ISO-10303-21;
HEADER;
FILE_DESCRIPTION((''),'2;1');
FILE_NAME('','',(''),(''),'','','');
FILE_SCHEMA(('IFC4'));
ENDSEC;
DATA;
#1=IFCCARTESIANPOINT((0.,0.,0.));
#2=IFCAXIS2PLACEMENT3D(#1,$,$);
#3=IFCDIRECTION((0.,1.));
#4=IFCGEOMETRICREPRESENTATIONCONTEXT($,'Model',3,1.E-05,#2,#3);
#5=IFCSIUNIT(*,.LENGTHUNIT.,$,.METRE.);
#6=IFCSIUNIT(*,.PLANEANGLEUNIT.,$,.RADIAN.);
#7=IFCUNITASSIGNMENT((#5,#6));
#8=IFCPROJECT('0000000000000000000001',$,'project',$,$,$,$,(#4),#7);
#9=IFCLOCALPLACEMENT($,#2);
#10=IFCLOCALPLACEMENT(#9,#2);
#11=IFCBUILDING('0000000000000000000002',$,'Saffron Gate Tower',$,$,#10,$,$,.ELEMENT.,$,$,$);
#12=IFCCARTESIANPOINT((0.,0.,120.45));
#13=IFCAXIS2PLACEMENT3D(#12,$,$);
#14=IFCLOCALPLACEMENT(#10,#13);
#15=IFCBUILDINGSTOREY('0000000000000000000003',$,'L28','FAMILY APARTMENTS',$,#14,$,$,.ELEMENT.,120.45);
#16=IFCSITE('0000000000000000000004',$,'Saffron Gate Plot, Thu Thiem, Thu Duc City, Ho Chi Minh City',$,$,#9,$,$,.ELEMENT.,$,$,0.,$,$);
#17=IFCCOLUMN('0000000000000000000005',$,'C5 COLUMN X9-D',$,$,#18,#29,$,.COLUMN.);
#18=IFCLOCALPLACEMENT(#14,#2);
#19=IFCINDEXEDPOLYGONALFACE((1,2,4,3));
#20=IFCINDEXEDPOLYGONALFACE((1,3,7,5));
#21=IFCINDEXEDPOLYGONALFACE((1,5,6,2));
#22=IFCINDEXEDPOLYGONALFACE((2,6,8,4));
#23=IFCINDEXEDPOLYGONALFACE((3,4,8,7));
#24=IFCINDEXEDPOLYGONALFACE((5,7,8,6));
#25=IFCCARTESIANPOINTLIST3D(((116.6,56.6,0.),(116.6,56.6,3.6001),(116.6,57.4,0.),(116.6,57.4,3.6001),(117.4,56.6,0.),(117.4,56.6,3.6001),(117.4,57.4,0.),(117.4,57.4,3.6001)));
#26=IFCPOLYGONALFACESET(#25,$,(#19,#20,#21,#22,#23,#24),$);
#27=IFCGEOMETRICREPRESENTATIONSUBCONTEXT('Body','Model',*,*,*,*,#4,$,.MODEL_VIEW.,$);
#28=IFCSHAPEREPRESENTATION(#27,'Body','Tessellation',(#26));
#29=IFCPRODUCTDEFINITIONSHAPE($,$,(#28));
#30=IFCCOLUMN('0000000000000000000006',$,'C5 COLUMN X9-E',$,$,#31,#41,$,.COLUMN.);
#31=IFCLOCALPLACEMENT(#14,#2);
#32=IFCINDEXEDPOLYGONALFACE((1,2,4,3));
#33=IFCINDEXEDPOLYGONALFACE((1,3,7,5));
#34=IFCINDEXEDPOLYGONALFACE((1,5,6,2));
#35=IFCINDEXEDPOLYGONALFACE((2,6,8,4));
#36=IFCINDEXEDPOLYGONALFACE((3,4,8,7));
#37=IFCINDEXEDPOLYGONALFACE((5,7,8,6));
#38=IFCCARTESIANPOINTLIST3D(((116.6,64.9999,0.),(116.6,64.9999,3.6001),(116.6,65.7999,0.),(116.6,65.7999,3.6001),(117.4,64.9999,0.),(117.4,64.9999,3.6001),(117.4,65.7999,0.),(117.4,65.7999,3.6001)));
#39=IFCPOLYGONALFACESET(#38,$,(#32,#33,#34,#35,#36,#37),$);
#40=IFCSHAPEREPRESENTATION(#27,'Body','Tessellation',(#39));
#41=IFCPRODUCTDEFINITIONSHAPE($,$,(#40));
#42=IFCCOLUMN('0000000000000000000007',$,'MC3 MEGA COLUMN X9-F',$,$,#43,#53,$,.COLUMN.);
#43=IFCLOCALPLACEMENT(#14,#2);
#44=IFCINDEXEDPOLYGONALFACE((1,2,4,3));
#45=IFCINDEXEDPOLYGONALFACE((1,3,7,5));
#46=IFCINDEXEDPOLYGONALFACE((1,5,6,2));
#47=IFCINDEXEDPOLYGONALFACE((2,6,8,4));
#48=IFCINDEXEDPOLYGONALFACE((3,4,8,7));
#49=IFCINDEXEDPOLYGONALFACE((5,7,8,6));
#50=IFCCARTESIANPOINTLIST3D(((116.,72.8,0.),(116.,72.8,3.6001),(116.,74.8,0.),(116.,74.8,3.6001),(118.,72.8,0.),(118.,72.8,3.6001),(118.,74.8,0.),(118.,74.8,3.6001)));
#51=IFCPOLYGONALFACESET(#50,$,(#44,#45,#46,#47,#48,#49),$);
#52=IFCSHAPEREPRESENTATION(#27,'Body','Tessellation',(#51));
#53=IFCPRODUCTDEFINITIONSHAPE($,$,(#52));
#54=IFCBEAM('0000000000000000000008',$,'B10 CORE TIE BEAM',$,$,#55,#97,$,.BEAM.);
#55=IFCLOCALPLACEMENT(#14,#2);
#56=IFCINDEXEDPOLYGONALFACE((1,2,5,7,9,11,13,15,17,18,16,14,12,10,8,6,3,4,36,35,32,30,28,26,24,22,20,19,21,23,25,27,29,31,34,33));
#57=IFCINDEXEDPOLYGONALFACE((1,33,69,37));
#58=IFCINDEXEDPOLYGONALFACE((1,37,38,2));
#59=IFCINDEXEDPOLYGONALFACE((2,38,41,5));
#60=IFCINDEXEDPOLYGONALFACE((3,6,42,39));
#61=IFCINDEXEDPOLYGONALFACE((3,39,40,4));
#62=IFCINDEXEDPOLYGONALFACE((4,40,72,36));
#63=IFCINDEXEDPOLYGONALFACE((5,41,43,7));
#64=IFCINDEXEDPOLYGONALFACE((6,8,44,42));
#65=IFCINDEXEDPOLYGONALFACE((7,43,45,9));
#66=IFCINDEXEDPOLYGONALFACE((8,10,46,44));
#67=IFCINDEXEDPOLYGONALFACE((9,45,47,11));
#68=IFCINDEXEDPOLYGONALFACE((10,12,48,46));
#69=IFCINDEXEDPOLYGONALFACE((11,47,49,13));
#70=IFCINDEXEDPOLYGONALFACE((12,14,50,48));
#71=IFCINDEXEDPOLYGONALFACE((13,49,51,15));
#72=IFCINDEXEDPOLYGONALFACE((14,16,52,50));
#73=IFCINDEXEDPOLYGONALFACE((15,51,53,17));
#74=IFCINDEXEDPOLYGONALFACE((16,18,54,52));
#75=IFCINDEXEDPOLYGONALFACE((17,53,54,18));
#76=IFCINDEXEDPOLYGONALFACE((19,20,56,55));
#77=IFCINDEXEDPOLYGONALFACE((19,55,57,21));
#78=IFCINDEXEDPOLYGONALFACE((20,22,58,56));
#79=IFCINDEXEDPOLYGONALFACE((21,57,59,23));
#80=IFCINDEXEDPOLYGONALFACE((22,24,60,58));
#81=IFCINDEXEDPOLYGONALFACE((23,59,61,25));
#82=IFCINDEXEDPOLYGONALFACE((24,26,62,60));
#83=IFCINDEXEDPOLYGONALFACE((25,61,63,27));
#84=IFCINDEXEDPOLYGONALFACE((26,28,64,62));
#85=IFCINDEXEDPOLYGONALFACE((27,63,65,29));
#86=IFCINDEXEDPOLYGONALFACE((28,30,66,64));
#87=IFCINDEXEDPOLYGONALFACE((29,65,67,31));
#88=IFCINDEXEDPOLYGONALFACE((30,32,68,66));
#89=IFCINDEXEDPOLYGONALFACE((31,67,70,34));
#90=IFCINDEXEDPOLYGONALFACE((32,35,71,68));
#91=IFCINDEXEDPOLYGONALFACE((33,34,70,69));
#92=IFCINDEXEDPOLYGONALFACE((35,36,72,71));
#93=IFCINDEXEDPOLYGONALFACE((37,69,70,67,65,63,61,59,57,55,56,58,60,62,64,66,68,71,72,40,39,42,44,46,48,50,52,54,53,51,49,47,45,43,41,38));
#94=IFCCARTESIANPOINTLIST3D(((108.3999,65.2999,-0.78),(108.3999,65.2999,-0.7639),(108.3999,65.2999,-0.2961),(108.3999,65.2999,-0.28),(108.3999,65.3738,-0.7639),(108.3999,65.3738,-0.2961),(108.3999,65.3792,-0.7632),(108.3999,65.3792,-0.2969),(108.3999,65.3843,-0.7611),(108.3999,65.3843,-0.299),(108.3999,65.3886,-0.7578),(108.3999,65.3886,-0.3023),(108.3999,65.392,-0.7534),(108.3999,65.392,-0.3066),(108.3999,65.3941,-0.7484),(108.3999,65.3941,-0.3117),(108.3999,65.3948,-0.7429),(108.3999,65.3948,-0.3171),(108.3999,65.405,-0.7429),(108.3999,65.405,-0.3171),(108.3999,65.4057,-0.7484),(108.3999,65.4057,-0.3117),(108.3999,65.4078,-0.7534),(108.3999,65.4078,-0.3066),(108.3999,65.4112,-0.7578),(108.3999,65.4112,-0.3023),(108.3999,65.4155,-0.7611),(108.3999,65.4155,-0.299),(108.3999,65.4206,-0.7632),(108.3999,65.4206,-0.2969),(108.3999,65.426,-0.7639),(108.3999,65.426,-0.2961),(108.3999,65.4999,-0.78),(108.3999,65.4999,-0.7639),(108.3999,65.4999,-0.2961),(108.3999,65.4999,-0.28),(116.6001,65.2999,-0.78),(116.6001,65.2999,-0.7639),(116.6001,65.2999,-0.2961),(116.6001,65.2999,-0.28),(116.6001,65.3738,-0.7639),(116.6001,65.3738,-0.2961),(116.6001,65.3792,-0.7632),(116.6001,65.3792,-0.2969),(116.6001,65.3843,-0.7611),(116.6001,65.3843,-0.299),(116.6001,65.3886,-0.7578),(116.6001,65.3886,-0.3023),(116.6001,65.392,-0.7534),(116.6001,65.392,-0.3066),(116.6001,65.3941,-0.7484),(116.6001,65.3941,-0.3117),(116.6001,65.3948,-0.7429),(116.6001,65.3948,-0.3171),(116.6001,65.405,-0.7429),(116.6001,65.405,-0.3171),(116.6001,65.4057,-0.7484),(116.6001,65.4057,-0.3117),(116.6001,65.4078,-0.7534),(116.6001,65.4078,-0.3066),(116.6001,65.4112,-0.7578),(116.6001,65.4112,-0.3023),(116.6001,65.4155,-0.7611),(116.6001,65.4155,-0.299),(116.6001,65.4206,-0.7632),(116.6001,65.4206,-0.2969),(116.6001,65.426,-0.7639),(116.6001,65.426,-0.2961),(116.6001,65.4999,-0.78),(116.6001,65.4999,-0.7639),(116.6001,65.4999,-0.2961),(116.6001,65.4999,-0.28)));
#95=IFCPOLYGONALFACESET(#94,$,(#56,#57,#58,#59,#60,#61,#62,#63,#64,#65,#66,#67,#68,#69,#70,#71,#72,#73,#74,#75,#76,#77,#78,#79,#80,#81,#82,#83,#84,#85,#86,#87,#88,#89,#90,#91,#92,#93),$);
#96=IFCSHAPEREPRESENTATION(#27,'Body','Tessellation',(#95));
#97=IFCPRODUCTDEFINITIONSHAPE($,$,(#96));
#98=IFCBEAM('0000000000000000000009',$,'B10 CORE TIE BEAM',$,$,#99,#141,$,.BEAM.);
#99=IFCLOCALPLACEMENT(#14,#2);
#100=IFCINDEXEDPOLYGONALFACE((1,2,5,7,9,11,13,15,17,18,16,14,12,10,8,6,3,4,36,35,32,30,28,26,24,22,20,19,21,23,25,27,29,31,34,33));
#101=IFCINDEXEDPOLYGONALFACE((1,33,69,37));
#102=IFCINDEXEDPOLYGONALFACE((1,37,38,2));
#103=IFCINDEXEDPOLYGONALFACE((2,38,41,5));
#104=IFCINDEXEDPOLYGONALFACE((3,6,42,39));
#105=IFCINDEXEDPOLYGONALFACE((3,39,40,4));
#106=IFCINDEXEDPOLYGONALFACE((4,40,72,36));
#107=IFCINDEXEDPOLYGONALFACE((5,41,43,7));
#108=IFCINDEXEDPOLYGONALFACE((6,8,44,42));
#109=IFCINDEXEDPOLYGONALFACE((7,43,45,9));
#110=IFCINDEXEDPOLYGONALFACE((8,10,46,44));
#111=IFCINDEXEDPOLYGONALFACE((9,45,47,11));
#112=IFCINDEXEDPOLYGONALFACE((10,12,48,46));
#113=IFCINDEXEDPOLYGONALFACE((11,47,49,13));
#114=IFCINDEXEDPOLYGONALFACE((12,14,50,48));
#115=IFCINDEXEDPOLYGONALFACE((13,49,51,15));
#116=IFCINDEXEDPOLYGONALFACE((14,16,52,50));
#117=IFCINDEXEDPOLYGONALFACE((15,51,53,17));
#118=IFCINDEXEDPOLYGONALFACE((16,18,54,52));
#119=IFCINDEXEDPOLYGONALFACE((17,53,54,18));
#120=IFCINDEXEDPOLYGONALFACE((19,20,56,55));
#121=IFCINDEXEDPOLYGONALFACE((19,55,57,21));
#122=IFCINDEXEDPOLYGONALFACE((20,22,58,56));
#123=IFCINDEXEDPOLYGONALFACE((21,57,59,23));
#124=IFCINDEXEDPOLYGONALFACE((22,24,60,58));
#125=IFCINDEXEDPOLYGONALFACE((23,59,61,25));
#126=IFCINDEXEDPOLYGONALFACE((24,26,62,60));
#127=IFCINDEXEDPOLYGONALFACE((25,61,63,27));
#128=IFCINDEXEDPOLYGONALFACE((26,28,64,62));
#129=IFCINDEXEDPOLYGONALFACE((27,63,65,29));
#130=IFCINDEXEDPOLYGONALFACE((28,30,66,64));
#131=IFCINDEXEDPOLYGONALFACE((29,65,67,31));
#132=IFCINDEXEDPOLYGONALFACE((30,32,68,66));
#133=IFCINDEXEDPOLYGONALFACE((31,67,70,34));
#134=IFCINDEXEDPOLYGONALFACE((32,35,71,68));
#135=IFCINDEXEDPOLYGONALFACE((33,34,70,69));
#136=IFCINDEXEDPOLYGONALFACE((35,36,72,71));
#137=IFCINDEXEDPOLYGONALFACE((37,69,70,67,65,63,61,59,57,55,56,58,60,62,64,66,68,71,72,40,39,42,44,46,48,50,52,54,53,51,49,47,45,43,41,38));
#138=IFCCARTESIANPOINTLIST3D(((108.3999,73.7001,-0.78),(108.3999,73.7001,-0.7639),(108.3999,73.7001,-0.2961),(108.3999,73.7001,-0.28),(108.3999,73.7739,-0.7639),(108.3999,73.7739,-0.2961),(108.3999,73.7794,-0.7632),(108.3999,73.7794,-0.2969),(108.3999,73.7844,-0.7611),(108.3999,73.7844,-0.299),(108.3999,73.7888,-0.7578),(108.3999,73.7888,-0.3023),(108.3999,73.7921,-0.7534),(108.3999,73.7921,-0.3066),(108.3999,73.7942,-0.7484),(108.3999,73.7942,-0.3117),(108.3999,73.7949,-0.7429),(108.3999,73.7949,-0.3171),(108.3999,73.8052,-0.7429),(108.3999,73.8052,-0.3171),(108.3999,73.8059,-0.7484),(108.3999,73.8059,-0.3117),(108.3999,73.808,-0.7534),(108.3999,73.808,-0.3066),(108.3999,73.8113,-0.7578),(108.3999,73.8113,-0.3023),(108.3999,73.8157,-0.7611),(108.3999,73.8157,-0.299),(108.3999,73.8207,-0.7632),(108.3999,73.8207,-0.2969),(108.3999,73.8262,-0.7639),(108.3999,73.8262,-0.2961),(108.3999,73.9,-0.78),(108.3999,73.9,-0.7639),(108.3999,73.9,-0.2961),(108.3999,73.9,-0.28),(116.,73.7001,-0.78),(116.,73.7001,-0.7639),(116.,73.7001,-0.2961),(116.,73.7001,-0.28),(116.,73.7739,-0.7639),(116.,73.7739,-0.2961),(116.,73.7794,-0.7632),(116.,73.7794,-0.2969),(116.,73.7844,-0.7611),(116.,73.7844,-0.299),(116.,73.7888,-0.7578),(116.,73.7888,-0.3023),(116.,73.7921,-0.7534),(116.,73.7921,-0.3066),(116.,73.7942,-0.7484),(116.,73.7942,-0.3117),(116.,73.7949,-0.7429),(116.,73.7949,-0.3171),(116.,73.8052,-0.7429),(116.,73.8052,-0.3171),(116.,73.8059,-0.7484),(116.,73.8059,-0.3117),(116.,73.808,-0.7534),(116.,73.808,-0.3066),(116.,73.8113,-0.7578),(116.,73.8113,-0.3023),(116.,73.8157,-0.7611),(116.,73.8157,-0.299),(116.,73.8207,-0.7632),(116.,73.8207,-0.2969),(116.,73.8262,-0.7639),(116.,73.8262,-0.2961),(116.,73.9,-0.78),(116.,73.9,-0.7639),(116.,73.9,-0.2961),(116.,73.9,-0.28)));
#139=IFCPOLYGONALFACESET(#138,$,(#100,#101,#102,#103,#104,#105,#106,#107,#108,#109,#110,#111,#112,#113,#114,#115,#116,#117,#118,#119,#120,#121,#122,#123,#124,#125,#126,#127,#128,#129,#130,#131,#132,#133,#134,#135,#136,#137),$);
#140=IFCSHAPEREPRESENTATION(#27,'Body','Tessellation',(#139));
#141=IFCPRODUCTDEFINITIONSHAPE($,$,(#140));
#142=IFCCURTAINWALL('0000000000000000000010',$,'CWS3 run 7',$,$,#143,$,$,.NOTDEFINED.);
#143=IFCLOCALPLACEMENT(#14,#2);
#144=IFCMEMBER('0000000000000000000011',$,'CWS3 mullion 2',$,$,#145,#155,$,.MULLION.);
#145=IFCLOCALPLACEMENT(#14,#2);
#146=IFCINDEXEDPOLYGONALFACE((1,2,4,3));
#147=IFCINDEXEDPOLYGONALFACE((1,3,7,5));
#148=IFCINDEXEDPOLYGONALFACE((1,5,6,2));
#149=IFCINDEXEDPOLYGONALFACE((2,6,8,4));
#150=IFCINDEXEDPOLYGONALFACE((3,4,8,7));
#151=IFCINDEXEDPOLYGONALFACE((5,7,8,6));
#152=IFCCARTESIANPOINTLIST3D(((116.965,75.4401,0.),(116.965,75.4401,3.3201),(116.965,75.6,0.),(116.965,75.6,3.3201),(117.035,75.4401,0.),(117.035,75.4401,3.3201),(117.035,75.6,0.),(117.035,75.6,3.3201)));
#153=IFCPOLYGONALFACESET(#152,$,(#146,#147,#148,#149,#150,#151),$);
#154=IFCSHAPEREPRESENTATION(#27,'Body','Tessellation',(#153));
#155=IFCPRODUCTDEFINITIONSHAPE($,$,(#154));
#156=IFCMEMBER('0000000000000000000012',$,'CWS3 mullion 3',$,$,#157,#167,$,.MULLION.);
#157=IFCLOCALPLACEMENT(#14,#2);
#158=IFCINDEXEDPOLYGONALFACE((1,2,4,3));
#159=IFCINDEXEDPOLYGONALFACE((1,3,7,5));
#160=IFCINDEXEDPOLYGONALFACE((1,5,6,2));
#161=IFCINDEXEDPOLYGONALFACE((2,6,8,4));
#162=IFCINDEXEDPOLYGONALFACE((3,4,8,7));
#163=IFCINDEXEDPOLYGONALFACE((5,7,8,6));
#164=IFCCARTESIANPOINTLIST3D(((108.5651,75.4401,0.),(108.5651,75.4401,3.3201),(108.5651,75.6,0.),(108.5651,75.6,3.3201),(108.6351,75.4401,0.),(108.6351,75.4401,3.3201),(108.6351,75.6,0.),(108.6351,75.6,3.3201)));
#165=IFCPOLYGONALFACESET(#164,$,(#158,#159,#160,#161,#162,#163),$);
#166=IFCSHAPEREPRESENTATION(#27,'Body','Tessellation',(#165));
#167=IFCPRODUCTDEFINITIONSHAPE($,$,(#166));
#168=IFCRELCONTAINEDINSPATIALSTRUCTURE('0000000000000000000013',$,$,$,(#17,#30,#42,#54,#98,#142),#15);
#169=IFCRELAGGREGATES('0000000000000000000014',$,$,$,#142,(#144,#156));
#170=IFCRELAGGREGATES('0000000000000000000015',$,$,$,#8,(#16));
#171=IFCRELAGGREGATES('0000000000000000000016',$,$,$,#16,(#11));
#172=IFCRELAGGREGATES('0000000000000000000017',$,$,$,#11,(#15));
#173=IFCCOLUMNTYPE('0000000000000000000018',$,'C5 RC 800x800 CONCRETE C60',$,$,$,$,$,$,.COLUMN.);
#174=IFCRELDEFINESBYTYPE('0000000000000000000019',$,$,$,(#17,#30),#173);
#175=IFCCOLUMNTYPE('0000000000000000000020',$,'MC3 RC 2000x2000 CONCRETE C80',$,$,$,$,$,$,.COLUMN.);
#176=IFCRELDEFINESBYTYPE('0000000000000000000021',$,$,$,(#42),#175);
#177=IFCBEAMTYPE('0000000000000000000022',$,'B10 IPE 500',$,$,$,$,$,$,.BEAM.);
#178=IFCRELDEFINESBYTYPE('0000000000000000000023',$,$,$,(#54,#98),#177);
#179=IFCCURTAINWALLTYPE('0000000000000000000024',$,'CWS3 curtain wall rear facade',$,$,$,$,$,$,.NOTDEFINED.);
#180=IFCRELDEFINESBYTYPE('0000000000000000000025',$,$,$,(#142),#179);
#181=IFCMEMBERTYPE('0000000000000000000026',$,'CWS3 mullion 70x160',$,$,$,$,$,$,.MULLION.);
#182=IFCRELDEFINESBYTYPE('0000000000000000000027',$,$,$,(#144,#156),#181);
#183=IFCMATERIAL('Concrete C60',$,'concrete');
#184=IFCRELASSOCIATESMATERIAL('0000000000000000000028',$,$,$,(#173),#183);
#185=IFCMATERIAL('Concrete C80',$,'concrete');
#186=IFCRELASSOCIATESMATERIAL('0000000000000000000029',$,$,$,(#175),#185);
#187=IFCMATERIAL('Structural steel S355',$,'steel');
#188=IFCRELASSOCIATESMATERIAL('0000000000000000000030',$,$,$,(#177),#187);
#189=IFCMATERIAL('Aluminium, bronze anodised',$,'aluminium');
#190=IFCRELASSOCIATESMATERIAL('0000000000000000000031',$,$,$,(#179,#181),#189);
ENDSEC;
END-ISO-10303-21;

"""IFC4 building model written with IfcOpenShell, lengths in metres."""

from ifc_helpers import new_model, si_unit, direction, frame, origin, origin_2d, place, context, subcontext, project, spatial, rectangle, i_section, extrude, material, material_profile, profile_set, type_object, element, aggregate, save


model = new_model("IFC4")

# Units and contexts
model_context = context("Model", 3, precision=1e-05, world=origin(), true_north=direction((0.0, 1.0)))
body_context = subcontext(model_context, "Body", "Model", "MODEL_VIEW")
ifc_project = project(units=[si_unit("LENGTHUNIT", "METRE"), si_unit("PLANEANGLEUNIT", "RADIAN")], contexts=[model_context])

# Site, building, storey
site_placement = place(None, origin())
site = spatial("IfcSite", under=ifc_project, at=site_placement, Name="Saffron Gate Plot, Thu Thiem, Thu Duc City, Ho Chi Minh City", CompositionType="ELEMENT", RefElevation=0.0)
building_placement = place(site_placement, origin())
building = spatial("IfcBuilding", under=site, at=building_placement, Name="Saffron Gate Tower", CompositionType="ELEMENT")
storey_placement = place(building_placement, frame((0.0, 0.0, 120.45)))
storey = spatial("IfcBuildingStorey", under=building, at=storey_placement, Name="L28", Description="FAMILY APARTMENTS", CompositionType="ELEMENT", Elevation=120.45)

# Columns
ifc_material_1 = material(Name="Concrete C60", Category="concrete")
ifc_material_profile_1 = material_profile(ifc_material_1, rectangle(XDim=0.8, YDim=0.8, at=origin_2d()))
ifc_profile_set_1 = profile_set([ifc_material_profile_1], Name="Concrete C60")
column_type_1 = type_object("IfcColumnType", Name="C5 RC 800x800 CONCRETE C60", PredefinedType="COLUMN", material=ifc_profile_set_1)
for number, where, z_axis, x_axis, name in (
    (1, (117.0, 57.0, 0.0), (0.0, 0.0, 1.0), (1.0, 0.0, 0.0), "C5 COLUMN X9-D"),
    (2, (117.0, 65.3999, 0.0), (0.0, 0.0, 1.0), (1.0, 0.0, 0.0), "C5 COLUMN X9-E"),
):
    element("IfcColumn", number, at=place(storey_placement, frame(where, z_axis=z_axis, x_axis=x_axis)), inside=storey, type_object=column_type_1, Name=name, PredefinedType="COLUMN", context=body_context, shape_type="SweptSolid", body=[
        extrude(rectangle(XDim=0.8, YDim=0.8, at=origin_2d()), origin(), (0.0, 0.0, 1.0), 3.6001),
    ])
ifc_material_2 = material(Name="Concrete C80", Category="concrete")
ifc_material_profile_2 = material_profile(ifc_material_2, rectangle(XDim=2.0, YDim=2.0, at=origin_2d()))
ifc_profile_set_2 = profile_set([ifc_material_profile_2], Name="Concrete C80")
column_type_2 = type_object("IfcColumnType", Name="MC3 RC 2000x2000 CONCRETE C80", PredefinedType="COLUMN", material=ifc_profile_set_2)
column_placement = place(storey_placement, frame((117.0, 73.8, 0.0), z_axis=(0.0, 0.0, 1.0), x_axis=(1.0, 0.0, 0.0)))
element("IfcColumn", 3, at=column_placement, inside=storey, type_object=column_type_2, Name="MC3 MEGA COLUMN X9-F", PredefinedType="COLUMN", context=body_context, shape_type="SweptSolid", body=[
    extrude(rectangle(XDim=2.0, YDim=2.0, at=origin_2d()), origin(), (0.0, 0.0, 1.0), 3.6001),
])

# Beams
ifc_material_3 = material(Name="Structural steel S355", Category="steel")
ifc_material_profile_3 = material_profile(ifc_material_3, i_section(OverallWidth=0.2, OverallDepth=0.5, WebThickness=0.0103, FlangeThickness=0.0161, FilletRadius=0.021, at=origin_2d()))
ifc_profile_set_3 = profile_set([ifc_material_profile_3], Name="Structural steel S355")
beam_type = type_object("IfcBeamType", Name="B10 IPE 500", PredefinedType="BEAM", material=ifc_profile_set_3)
beam_1_placement = place(storey_placement, frame((116.6001, 65.3999, -0.53), z_axis=(-1.0, 0.0, 0.0), x_axis=(0.0, -1.0, 0.0)))
element("IfcBeam", 4, at=beam_1_placement, inside=storey, type_object=beam_type, Name="B10 CORE TIE BEAM", PredefinedType="BEAM", context=body_context, shape_type="SweptSolid", body=[
    extrude(i_section(OverallWidth=0.2, OverallDepth=0.5, WebThickness=0.0103, FlangeThickness=0.0161, FilletRadius=0.021, at=origin_2d()), origin(), (0.0, 0.0, 1.0), 8.2002),
])
beam_2_placement = place(storey_placement, frame((116.0, 73.8, -0.53), z_axis=(-1.0, 0.0, 0.0), x_axis=(0.0, -1.0, 0.0)))
element("IfcBeam", 5, at=beam_2_placement, inside=storey, type_object=beam_type, Name="B10 CORE TIE BEAM", PredefinedType="BEAM", context=body_context, shape_type="SweptSolid", body=[
    extrude(i_section(OverallWidth=0.2, OverallDepth=0.5, WebThickness=0.0103, FlangeThickness=0.0161, FilletRadius=0.021, at=origin_2d()), origin(), (0.0, 0.0, 1.0), 7.6001),
])

# Curtain wall, members
ifc_material_4 = material(Name="Aluminium, bronze anodised", Category="aluminium")
curtain_wall_type = type_object("IfcCurtainWallType", Name="CWS3 curtain wall rear facade", PredefinedType="NOTDEFINED", material=ifc_material_4)
curtain_wall_placement = place(storey_placement, origin())
curtain_wall = element("IfcCurtainWall", 6, at=curtain_wall_placement, inside=storey, type_object=curtain_wall_type, Name="CWS3 run 7", PredefinedType="NOTDEFINED")
ifc_material_profile_4 = material_profile(ifc_material_4, rectangle(XDim=0.1599, YDim=0.0701, at=origin_2d()))
ifc_profile_set_4 = profile_set([ifc_material_profile_4], Name="Aluminium, bronze anodised")
member_type = type_object("IfcMemberType", Name="CWS3 mullion 70x160", PredefinedType="MULLION", material=ifc_profile_set_4)
member_1_placement = place(storey_placement, frame((117.0, 75.52, 0.0), z_axis=(0.0, 0.0, 1.0), x_axis=(0.0, -1.0, 0.0)))
member_1 = element("IfcMember", 7, at=member_1_placement, type_object=member_type, Name="CWS3 mullion 2", PredefinedType="MULLION", context=body_context, shape_type="SweptSolid", body=[
    extrude(rectangle(XDim=0.1599, YDim=0.0701, at=origin_2d()), origin(), (0.0, 0.0, 1.0), 3.3201),
])
member_2_placement = place(storey_placement, frame((108.6001, 75.52, 0.0), z_axis=(0.0, 0.0, 1.0), x_axis=(0.0, -1.0, 0.0)))
member_2 = element("IfcMember", 8, at=member_2_placement, type_object=member_type, Name="CWS3 mullion 3", PredefinedType="MULLION", context=body_context, shape_type="SweptSolid", body=[
    extrude(rectangle(XDim=0.1599, YDim=0.0701, at=origin_2d()), origin(), (0.0, 0.0, 1.0), 3.3201),
])
aggregate(curtain_wall, [member_1, member_2])

save(model, "model.ifc")
